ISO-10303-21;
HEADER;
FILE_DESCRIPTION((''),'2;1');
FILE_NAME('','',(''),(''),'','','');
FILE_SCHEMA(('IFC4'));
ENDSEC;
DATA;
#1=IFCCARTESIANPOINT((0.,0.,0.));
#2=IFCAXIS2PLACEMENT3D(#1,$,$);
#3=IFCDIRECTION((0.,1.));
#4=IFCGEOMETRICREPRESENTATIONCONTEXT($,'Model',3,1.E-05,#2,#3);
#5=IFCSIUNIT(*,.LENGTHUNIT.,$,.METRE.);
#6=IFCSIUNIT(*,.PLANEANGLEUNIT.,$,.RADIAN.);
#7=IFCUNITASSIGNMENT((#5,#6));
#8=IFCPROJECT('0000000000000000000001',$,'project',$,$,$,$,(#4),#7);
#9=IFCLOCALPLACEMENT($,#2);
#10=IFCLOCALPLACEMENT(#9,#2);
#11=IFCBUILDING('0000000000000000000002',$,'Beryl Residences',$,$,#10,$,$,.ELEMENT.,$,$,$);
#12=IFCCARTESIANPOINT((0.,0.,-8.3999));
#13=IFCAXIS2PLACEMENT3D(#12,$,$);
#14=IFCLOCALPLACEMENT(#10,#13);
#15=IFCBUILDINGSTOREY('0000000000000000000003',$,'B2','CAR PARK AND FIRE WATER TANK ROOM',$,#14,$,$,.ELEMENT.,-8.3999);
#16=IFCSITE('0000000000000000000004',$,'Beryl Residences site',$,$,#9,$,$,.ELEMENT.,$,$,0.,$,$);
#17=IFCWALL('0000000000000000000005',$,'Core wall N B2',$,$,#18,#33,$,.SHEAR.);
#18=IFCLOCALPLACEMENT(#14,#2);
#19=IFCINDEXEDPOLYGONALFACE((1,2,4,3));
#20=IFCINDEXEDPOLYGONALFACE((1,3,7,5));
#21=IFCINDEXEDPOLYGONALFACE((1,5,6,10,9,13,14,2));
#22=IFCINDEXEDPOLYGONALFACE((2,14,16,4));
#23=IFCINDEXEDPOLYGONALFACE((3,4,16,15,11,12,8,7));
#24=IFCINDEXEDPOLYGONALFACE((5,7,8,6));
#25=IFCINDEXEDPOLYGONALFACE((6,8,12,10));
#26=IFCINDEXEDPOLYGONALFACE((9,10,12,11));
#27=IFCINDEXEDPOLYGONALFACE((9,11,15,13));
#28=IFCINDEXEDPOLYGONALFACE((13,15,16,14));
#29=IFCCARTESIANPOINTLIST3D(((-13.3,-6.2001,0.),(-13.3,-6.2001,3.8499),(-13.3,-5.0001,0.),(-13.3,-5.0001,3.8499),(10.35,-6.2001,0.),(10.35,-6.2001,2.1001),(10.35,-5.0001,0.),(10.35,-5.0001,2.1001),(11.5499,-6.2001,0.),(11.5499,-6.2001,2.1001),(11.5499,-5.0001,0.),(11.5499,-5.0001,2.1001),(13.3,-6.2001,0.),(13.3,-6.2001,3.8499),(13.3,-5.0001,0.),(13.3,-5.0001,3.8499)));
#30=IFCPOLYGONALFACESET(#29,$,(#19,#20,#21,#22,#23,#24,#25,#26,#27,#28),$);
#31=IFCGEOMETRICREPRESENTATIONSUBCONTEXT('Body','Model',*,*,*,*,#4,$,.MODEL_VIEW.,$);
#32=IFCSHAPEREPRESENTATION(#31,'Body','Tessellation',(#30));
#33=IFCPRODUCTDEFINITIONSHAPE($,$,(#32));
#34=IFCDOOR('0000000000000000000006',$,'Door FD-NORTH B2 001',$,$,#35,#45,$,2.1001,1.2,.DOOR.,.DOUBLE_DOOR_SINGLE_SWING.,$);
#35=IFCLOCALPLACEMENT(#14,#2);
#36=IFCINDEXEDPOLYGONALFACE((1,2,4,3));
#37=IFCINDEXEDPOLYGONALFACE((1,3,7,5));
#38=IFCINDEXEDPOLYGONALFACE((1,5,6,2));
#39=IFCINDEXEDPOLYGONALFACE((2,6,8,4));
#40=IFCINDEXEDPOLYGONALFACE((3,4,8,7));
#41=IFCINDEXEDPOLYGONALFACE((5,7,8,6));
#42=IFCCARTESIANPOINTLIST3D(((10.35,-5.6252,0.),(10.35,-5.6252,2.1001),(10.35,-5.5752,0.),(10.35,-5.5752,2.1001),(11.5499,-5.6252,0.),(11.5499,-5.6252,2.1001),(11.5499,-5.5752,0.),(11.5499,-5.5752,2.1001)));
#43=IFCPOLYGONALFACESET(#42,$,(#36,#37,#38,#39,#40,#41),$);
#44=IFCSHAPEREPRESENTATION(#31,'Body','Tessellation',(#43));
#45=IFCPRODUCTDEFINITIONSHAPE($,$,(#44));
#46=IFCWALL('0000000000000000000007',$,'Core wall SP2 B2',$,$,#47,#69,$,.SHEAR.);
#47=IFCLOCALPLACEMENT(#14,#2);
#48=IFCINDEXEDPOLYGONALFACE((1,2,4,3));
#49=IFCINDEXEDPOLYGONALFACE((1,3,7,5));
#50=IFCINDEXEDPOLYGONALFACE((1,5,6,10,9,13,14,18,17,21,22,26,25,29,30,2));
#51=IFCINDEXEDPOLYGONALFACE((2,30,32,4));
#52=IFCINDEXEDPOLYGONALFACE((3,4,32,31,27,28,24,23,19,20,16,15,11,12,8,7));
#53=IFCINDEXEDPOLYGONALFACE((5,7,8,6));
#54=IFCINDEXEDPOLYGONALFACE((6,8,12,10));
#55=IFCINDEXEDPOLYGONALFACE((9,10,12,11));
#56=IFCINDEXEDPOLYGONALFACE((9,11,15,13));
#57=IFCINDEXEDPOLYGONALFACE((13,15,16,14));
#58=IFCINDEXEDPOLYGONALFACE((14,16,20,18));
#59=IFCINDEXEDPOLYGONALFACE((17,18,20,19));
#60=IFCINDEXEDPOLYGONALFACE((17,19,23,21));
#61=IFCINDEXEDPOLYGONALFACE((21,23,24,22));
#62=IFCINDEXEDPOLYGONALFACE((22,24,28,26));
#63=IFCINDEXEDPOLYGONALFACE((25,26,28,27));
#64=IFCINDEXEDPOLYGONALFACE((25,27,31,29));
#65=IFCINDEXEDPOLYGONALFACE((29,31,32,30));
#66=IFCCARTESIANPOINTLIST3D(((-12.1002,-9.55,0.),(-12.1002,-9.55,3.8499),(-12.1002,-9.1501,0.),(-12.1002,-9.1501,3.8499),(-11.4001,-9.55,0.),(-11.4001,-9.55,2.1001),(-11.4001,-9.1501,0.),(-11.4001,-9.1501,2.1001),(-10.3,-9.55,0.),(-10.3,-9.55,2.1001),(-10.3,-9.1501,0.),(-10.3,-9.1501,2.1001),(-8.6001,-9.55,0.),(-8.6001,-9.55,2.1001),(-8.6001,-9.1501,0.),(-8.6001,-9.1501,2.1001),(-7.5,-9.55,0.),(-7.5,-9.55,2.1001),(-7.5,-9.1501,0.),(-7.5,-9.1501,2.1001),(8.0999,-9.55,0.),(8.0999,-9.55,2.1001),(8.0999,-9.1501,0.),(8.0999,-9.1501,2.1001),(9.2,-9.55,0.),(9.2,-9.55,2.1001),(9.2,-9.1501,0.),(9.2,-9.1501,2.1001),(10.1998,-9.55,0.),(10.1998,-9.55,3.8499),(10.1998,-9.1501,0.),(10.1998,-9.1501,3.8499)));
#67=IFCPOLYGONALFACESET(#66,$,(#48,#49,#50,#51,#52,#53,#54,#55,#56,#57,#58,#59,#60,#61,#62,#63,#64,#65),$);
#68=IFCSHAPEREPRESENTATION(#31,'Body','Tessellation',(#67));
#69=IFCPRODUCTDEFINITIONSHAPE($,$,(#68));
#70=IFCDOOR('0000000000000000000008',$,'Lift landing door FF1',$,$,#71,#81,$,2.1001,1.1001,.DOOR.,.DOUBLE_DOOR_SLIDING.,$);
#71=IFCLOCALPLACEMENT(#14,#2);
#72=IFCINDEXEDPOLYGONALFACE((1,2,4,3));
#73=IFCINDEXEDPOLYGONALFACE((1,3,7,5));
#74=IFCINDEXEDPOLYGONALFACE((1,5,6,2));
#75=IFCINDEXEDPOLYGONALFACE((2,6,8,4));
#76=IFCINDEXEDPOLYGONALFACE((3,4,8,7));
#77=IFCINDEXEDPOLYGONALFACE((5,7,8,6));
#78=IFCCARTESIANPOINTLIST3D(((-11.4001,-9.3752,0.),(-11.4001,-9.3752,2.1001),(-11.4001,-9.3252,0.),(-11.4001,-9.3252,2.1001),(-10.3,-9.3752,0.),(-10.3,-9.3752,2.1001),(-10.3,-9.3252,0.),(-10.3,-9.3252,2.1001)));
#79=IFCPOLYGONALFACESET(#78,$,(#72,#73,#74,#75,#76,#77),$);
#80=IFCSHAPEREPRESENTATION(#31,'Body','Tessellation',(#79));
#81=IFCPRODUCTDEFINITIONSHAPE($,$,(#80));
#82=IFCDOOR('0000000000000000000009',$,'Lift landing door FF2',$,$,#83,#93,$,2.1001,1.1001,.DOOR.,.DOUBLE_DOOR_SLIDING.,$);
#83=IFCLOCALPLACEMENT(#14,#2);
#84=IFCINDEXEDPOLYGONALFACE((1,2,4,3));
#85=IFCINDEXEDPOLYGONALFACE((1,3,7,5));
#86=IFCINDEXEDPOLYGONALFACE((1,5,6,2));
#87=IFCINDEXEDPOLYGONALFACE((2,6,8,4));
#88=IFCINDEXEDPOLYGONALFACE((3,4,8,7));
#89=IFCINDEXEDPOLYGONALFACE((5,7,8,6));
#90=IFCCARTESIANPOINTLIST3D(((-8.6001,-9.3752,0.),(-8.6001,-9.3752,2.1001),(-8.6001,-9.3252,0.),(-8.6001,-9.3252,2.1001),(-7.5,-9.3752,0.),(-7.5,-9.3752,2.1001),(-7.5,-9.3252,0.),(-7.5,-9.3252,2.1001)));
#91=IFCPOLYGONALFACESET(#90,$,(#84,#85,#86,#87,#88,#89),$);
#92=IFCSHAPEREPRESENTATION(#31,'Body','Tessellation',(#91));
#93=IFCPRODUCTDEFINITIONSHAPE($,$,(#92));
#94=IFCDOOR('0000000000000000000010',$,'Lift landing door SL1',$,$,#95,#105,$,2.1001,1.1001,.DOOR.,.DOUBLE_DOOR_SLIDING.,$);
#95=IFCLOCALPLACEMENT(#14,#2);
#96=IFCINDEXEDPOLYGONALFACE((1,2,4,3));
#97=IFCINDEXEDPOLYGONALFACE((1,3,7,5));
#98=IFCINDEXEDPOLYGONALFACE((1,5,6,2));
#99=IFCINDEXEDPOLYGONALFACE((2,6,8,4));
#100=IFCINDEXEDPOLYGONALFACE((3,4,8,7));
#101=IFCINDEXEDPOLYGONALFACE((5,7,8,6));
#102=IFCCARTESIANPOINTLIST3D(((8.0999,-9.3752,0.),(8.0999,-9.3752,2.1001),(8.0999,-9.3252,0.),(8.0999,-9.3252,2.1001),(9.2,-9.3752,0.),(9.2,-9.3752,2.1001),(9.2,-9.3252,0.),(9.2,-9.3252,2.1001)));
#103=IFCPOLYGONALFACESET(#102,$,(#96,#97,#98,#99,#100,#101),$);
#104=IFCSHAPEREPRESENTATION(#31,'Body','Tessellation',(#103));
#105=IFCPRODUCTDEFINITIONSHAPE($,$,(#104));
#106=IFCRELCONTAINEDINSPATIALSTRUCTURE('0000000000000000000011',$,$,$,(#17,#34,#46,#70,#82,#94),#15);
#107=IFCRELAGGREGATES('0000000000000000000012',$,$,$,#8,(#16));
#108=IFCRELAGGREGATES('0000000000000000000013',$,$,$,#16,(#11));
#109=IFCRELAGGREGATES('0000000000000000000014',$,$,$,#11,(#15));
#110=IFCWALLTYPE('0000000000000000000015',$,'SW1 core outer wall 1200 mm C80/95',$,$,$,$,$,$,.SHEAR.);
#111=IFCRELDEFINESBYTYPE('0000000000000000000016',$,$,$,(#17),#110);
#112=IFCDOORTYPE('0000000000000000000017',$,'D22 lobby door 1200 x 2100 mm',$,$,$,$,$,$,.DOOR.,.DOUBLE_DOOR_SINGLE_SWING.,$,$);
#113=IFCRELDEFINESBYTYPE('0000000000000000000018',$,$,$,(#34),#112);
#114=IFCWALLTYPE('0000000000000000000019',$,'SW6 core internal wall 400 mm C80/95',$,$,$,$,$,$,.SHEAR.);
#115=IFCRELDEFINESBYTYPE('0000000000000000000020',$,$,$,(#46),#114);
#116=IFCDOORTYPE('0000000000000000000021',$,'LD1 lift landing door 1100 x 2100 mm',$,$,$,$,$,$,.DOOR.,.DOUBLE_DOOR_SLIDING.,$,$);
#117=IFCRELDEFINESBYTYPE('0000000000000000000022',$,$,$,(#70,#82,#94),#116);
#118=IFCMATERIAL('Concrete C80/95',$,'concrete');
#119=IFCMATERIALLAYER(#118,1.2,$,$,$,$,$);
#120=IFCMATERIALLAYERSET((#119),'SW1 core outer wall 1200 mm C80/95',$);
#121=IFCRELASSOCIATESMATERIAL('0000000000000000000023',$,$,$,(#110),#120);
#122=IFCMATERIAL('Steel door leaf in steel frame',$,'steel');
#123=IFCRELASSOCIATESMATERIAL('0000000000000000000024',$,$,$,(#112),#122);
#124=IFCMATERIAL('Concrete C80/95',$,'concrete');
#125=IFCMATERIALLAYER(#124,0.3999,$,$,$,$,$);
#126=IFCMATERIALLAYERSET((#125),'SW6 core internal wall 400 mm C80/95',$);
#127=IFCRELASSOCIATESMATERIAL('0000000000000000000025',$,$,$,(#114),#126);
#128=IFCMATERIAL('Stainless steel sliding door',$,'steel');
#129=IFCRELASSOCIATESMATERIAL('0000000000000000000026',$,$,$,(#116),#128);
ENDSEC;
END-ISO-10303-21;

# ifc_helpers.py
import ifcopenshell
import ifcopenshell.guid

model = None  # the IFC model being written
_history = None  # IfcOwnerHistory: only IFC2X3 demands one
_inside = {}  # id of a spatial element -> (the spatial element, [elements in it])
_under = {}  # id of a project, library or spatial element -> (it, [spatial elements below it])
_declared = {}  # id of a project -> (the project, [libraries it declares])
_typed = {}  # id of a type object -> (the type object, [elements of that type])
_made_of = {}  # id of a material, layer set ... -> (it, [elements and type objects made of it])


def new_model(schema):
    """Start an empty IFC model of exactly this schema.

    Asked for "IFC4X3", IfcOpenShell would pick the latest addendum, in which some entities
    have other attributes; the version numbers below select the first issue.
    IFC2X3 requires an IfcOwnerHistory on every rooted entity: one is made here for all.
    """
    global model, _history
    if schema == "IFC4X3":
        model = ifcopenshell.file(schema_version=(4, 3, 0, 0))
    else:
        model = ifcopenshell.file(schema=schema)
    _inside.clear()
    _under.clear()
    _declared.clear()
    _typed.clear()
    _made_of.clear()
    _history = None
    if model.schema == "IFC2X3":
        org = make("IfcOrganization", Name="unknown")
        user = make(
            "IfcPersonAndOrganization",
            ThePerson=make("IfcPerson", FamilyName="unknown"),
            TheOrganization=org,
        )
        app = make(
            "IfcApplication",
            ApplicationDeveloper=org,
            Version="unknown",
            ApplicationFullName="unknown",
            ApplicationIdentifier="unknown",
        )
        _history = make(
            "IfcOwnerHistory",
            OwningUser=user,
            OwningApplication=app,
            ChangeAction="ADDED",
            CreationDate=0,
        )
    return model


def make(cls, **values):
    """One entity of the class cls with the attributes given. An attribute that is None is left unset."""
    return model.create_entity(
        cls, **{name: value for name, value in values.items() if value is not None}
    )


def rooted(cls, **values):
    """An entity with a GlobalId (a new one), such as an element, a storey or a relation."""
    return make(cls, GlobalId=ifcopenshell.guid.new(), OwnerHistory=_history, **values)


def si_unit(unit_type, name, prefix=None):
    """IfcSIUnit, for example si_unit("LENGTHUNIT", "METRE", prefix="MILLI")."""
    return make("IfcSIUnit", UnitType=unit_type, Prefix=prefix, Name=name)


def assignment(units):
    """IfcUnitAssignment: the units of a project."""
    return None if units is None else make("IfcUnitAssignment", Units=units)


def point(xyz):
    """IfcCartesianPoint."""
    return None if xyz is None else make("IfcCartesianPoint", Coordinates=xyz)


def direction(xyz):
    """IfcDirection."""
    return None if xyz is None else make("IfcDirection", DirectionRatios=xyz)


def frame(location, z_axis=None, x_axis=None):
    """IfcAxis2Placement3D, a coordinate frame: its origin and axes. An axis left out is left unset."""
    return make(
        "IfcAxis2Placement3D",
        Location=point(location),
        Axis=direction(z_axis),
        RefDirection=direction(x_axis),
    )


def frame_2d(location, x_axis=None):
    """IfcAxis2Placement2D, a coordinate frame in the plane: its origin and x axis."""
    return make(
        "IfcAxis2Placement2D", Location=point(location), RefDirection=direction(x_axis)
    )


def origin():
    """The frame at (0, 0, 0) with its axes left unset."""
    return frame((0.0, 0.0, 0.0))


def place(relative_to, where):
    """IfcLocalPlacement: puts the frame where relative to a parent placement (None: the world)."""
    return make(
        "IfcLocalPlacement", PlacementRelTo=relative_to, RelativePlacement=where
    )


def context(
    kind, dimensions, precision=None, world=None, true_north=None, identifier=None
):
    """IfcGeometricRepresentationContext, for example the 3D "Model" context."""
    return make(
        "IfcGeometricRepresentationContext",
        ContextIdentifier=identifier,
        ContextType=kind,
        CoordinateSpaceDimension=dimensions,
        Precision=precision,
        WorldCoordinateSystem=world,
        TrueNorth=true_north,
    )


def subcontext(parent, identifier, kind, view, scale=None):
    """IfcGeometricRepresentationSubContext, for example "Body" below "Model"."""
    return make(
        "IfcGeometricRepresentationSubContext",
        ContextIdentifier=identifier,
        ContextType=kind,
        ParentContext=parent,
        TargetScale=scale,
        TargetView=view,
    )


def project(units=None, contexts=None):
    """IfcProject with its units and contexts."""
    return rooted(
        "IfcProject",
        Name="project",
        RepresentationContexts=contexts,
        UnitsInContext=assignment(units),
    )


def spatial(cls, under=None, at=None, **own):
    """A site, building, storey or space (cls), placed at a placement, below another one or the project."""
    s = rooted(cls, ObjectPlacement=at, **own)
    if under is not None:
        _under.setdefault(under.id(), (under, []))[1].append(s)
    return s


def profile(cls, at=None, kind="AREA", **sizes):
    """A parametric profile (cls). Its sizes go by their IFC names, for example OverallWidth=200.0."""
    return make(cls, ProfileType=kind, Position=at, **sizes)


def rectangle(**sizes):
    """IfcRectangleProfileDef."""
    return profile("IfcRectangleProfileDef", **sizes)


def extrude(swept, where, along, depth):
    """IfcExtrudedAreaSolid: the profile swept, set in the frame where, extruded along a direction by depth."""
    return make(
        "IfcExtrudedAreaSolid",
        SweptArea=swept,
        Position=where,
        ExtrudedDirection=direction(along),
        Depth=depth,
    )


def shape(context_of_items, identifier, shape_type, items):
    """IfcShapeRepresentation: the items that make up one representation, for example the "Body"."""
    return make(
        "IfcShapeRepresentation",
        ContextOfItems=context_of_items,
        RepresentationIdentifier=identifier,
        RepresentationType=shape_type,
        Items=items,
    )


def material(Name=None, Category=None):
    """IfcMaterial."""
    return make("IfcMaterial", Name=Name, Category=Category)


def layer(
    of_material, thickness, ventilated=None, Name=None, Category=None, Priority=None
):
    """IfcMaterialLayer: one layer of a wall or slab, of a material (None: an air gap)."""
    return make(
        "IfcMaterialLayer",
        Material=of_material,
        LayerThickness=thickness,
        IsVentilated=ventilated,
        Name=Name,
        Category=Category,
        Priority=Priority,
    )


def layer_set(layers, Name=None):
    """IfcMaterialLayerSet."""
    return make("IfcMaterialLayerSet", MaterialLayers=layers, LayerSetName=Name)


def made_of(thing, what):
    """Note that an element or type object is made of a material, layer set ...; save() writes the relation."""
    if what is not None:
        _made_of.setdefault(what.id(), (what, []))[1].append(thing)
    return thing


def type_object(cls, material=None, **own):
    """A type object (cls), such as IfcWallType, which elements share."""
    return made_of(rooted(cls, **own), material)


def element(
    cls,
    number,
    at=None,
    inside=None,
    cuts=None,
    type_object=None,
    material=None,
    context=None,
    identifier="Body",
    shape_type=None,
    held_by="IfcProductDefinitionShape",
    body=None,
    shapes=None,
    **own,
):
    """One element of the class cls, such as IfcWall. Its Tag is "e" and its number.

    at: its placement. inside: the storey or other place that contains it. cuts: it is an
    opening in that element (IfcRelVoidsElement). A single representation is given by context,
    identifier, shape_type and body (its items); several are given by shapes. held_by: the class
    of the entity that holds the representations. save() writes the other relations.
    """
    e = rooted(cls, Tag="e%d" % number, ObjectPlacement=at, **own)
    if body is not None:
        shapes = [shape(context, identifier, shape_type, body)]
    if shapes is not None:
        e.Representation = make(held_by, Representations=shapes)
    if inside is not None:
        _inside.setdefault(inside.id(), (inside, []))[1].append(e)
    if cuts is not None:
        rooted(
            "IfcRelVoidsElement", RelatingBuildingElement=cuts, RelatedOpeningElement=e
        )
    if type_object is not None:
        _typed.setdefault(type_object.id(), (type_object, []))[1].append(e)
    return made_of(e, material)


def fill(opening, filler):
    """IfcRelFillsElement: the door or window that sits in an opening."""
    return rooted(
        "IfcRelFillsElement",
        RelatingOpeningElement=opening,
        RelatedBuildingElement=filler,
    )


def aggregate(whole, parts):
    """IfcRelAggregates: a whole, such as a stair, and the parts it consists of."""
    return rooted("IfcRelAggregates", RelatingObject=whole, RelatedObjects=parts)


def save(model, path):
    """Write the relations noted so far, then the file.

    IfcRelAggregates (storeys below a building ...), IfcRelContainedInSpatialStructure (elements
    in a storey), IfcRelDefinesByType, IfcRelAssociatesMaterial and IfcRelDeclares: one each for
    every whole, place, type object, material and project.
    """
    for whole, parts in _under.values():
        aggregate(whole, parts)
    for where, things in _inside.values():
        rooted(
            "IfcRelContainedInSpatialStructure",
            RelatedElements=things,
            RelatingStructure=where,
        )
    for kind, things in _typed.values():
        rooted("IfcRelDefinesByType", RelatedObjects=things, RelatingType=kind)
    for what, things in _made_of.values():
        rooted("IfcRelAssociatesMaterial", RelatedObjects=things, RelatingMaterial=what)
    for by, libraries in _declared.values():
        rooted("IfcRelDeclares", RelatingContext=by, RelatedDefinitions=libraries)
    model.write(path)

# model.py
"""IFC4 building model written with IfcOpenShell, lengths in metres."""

from ifc_helpers import new_model, si_unit, direction, frame, frame_2d, origin, place, context, subcontext, project, spatial, rectangle, extrude, material, layer, layer_set, type_object, element, fill, save


model = new_model("IFC4")

# Units and contexts
model_context = context("Model", 3, precision=1e-05, world=origin(), true_north=direction((0.0, 1.0)))
body_context = subcontext(model_context, "Body", "Model", "MODEL_VIEW")
ifc_project = project(units=[si_unit("LENGTHUNIT", "METRE"), si_unit("PLANEANGLEUNIT", "RADIAN")], contexts=[model_context])

# Site, building, storey
site_placement = place(None, origin())
site = spatial("IfcSite", under=ifc_project, at=site_placement, Name="Beryl Residences site", CompositionType="ELEMENT", RefElevation=0.0)
building_placement = place(site_placement, origin())
building = spatial("IfcBuilding", under=site, at=building_placement, Name="Beryl Residences", CompositionType="ELEMENT")
storey_placement = place(building_placement, frame((0.0, 0.0, -8.3999)))
storey = spatial("IfcBuildingStorey", under=building, at=storey_placement, Name="B2", Description="CAR PARK AND FIRE WATER TANK ROOM", CompositionType="ELEMENT", Elevation=-8.3999)

# Wall, opening, door
ifc_material_1 = material(Name="Concrete C80/95", Category="concrete")
ifc_layer_1 = layer(ifc_material_1, 1.2)
ifc_layer_set_1 = layer_set([ifc_layer_1], Name="SW1 core outer wall 1200 mm C80/95")
wall_type_1 = type_object("IfcWallType", Name="SW1 core outer wall 1200 mm C80/95", PredefinedType="SHEAR", material=ifc_layer_set_1)
wall_1_placement = place(storey_placement, frame((-13.3, -5.6001, 0.0), z_axis=(0.0, 0.0, 1.0), x_axis=(1.0, 0.0, 0.0)))
wall_1 = element("IfcWall", 1, at=wall_1_placement, inside=storey, type_object=wall_type_1, Name="Core wall N B2", PredefinedType="SHEAR", context=body_context, shape_type="SweptSolid", body=[
    extrude(rectangle(XDim=26.6001, YDim=1.2, at=frame_2d((13.3, 0.0))), origin(), (0.0, 0.0, 1.0), 3.8499),
])
opening_1_placement = place(wall_1_placement, frame((23.6499, 0.0, 0.0)))
opening_1 = element("IfcOpeningElement", 2, at=opening_1_placement, cuts=wall_1, PredefinedType="OPENING", context=body_context, shape_type="SweptSolid", body=[
    extrude(rectangle(XDim=1.2, YDim=2.1001, at=frame_2d((0.6001, 1.05))), frame((0.0, 0.6099, 0.0), z_axis=(0.0, -1.0, 0.0), x_axis=(1.0, 0.0, 0.0)), (0.0, 0.0, 1.0), 1.22),
])
ifc_material_2 = material(Name="Steel door leaf in steel frame", Category="steel")
door_type_1 = type_object("IfcDoorType", Name="D22 lobby door 1200 x 2100 mm", OperationType="DOUBLE_DOOR_SINGLE_SWING", PredefinedType="DOOR", material=ifc_material_2)
door_1_placement = place(opening_1_placement, origin())
door_1 = element("IfcDoor", 3, at=door_1_placement, inside=storey, type_object=door_type_1, Name="Door FD-NORTH B2 001", OperationType="DOUBLE_DOOR_SINGLE_SWING", OverallHeight=2.1001, OverallWidth=1.2, PredefinedType="DOOR", context=body_context, shape_type="SweptSolid", body=[
    extrude(rectangle(XDim=1.2, YDim=2.1001, at=frame_2d((0.6001, 1.05))), frame((0.0, 0.0249, 0.0), z_axis=(0.0, -1.0, 0.0), x_axis=(1.0, 0.0, 0.0)), (0.0, 0.0, 1.0), 0.05),
])
fill(opening_1, door_1)

# Wall, openings, doors
ifc_material_3 = material(Name="Concrete C80/95", Category="concrete")
ifc_layer_2 = layer(ifc_material_3, 0.3999)
ifc_layer_set_2 = layer_set([ifc_layer_2], Name="SW6 core internal wall 400 mm C80/95")
wall_type_2 = type_object("IfcWallType", Name="SW6 core internal wall 400 mm C80/95", PredefinedType="SHEAR", material=ifc_layer_set_2)
wall_2_placement = place(storey_placement, frame((-12.1001, -9.3501, 0.0), z_axis=(0.0, 0.0, 1.0), x_axis=(1.0, 0.0, 0.0)))
wall_2 = element("IfcWall", 4, at=wall_2_placement, inside=storey, type_object=wall_type_2, Name="Core wall SP2 B2", PredefinedType="SHEAR", context=body_context, shape_type="SweptSolid", body=[
    extrude(rectangle(XDim=22.3, YDim=0.3999, at=frame_2d((11.1499, 0.0))), origin(), (0.0, 0.0, 1.0), 3.8499),
])
opening_2_placement = place(wall_2_placement, frame((0.7, 0.0, 0.0)))
opening_2 = element("IfcOpeningElement", 5, at=opening_2_placement, cuts=wall_2, PredefinedType="OPENING", context=body_context, shape_type="SweptSolid", body=[
    extrude(rectangle(XDim=1.1001, YDim=2.1001, at=frame_2d((0.55, 1.05))), frame((0.0, 0.21, 0.0), z_axis=(0.0, -1.0, 0.0), x_axis=(1.0, 0.0, 0.0)), (0.0, 0.0, 1.0), 0.4199),
])
opening_3_placement = place(wall_2_placement, frame((3.5, 0.0, 0.0)))
opening_3 = element("IfcOpeningElement", 6, at=opening_3_placement, cuts=wall_2, PredefinedType="OPENING", context=body_context, shape_type="SweptSolid", body=[
    extrude(rectangle(XDim=1.1001, YDim=2.1001, at=frame_2d((0.55, 1.05))), frame((0.0, 0.21, 0.0), z_axis=(0.0, -1.0, 0.0), x_axis=(1.0, 0.0, 0.0)), (0.0, 0.0, 1.0), 0.4199),
])
opening_4_placement = place(wall_2_placement, frame((20.2, 0.0, 0.0)))
opening_4 = element("IfcOpeningElement", 7, at=opening_4_placement, cuts=wall_2, PredefinedType="OPENING", context=body_context, shape_type="SweptSolid", body=[
    extrude(rectangle(XDim=1.1001, YDim=2.1001, at=frame_2d((0.55, 1.05))), frame((0.0, 0.21, 0.0), z_axis=(0.0, -1.0, 0.0), x_axis=(1.0, 0.0, 0.0)), (0.0, 0.0, 1.0), 0.4199),
])
ifc_material_4 = material(Name="Stainless steel sliding door", Category="steel")
door_type_2 = type_object("IfcDoorType", Name="LD1 lift landing door 1100 x 2100 mm", OperationType="DOUBLE_DOOR_SLIDING", PredefinedType="DOOR", material=ifc_material_4)
door_2_placement = place(opening_2_placement, origin())
door_2 = element("IfcDoor", 8, at=door_2_placement, inside=storey, type_object=door_type_2, Name="Lift landing door FF1", OperationType="DOUBLE_DOOR_SLIDING", OverallHeight=2.1001, OverallWidth=1.1001, PredefinedType="DOOR", context=body_context, shape_type="SweptSolid", body=[
    extrude(rectangle(XDim=1.1001, YDim=2.1001, at=frame_2d((0.55, 1.05))), frame((0.0, 0.0249, 0.0), z_axis=(0.0, -1.0, 0.0), x_axis=(1.0, 0.0, 0.0)), (0.0, 0.0, 1.0), 0.05),
])
fill(opening_2, door_2)
door_3_placement = place(opening_3_placement, origin())
door_3 = element("IfcDoor", 9, at=door_3_placement, inside=storey, type_object=door_type_2, Name="Lift landing door FF2", OperationType="DOUBLE_DOOR_SLIDING", OverallHeight=2.1001, OverallWidth=1.1001, PredefinedType="DOOR", context=body_context, shape_type="SweptSolid", body=[
    extrude(rectangle(XDim=1.1001, YDim=2.1001, at=frame_2d((0.55, 1.05))), frame((0.0, 0.0249, 0.0), z_axis=(0.0, -1.0, 0.0), x_axis=(1.0, 0.0, 0.0)), (0.0, 0.0, 1.0), 0.05),
])
fill(opening_3, door_3)
door_4_placement = place(opening_4_placement, origin())
door_4 = element("IfcDoor", 10, at=door_4_placement, inside=storey, type_object=door_type_2, Name="Lift landing door SL1", OperationType="DOUBLE_DOOR_SLIDING", OverallHeight=2.1001, OverallWidth=1.1001, PredefinedType="DOOR", context=body_context, shape_type="SweptSolid", body=[
    extrude(rectangle(XDim=1.1001, YDim=2.1001, at=frame_2d((0.55, 1.05))), frame((0.0, 0.0249, 0.0), z_axis=(0.0, -1.0, 0.0), x_axis=(1.0, 0.0, 0.0)), (0.0, 0.0, 1.0), 0.05),
])
fill(opening_4, door_4)

save(model, "model.ifc")
